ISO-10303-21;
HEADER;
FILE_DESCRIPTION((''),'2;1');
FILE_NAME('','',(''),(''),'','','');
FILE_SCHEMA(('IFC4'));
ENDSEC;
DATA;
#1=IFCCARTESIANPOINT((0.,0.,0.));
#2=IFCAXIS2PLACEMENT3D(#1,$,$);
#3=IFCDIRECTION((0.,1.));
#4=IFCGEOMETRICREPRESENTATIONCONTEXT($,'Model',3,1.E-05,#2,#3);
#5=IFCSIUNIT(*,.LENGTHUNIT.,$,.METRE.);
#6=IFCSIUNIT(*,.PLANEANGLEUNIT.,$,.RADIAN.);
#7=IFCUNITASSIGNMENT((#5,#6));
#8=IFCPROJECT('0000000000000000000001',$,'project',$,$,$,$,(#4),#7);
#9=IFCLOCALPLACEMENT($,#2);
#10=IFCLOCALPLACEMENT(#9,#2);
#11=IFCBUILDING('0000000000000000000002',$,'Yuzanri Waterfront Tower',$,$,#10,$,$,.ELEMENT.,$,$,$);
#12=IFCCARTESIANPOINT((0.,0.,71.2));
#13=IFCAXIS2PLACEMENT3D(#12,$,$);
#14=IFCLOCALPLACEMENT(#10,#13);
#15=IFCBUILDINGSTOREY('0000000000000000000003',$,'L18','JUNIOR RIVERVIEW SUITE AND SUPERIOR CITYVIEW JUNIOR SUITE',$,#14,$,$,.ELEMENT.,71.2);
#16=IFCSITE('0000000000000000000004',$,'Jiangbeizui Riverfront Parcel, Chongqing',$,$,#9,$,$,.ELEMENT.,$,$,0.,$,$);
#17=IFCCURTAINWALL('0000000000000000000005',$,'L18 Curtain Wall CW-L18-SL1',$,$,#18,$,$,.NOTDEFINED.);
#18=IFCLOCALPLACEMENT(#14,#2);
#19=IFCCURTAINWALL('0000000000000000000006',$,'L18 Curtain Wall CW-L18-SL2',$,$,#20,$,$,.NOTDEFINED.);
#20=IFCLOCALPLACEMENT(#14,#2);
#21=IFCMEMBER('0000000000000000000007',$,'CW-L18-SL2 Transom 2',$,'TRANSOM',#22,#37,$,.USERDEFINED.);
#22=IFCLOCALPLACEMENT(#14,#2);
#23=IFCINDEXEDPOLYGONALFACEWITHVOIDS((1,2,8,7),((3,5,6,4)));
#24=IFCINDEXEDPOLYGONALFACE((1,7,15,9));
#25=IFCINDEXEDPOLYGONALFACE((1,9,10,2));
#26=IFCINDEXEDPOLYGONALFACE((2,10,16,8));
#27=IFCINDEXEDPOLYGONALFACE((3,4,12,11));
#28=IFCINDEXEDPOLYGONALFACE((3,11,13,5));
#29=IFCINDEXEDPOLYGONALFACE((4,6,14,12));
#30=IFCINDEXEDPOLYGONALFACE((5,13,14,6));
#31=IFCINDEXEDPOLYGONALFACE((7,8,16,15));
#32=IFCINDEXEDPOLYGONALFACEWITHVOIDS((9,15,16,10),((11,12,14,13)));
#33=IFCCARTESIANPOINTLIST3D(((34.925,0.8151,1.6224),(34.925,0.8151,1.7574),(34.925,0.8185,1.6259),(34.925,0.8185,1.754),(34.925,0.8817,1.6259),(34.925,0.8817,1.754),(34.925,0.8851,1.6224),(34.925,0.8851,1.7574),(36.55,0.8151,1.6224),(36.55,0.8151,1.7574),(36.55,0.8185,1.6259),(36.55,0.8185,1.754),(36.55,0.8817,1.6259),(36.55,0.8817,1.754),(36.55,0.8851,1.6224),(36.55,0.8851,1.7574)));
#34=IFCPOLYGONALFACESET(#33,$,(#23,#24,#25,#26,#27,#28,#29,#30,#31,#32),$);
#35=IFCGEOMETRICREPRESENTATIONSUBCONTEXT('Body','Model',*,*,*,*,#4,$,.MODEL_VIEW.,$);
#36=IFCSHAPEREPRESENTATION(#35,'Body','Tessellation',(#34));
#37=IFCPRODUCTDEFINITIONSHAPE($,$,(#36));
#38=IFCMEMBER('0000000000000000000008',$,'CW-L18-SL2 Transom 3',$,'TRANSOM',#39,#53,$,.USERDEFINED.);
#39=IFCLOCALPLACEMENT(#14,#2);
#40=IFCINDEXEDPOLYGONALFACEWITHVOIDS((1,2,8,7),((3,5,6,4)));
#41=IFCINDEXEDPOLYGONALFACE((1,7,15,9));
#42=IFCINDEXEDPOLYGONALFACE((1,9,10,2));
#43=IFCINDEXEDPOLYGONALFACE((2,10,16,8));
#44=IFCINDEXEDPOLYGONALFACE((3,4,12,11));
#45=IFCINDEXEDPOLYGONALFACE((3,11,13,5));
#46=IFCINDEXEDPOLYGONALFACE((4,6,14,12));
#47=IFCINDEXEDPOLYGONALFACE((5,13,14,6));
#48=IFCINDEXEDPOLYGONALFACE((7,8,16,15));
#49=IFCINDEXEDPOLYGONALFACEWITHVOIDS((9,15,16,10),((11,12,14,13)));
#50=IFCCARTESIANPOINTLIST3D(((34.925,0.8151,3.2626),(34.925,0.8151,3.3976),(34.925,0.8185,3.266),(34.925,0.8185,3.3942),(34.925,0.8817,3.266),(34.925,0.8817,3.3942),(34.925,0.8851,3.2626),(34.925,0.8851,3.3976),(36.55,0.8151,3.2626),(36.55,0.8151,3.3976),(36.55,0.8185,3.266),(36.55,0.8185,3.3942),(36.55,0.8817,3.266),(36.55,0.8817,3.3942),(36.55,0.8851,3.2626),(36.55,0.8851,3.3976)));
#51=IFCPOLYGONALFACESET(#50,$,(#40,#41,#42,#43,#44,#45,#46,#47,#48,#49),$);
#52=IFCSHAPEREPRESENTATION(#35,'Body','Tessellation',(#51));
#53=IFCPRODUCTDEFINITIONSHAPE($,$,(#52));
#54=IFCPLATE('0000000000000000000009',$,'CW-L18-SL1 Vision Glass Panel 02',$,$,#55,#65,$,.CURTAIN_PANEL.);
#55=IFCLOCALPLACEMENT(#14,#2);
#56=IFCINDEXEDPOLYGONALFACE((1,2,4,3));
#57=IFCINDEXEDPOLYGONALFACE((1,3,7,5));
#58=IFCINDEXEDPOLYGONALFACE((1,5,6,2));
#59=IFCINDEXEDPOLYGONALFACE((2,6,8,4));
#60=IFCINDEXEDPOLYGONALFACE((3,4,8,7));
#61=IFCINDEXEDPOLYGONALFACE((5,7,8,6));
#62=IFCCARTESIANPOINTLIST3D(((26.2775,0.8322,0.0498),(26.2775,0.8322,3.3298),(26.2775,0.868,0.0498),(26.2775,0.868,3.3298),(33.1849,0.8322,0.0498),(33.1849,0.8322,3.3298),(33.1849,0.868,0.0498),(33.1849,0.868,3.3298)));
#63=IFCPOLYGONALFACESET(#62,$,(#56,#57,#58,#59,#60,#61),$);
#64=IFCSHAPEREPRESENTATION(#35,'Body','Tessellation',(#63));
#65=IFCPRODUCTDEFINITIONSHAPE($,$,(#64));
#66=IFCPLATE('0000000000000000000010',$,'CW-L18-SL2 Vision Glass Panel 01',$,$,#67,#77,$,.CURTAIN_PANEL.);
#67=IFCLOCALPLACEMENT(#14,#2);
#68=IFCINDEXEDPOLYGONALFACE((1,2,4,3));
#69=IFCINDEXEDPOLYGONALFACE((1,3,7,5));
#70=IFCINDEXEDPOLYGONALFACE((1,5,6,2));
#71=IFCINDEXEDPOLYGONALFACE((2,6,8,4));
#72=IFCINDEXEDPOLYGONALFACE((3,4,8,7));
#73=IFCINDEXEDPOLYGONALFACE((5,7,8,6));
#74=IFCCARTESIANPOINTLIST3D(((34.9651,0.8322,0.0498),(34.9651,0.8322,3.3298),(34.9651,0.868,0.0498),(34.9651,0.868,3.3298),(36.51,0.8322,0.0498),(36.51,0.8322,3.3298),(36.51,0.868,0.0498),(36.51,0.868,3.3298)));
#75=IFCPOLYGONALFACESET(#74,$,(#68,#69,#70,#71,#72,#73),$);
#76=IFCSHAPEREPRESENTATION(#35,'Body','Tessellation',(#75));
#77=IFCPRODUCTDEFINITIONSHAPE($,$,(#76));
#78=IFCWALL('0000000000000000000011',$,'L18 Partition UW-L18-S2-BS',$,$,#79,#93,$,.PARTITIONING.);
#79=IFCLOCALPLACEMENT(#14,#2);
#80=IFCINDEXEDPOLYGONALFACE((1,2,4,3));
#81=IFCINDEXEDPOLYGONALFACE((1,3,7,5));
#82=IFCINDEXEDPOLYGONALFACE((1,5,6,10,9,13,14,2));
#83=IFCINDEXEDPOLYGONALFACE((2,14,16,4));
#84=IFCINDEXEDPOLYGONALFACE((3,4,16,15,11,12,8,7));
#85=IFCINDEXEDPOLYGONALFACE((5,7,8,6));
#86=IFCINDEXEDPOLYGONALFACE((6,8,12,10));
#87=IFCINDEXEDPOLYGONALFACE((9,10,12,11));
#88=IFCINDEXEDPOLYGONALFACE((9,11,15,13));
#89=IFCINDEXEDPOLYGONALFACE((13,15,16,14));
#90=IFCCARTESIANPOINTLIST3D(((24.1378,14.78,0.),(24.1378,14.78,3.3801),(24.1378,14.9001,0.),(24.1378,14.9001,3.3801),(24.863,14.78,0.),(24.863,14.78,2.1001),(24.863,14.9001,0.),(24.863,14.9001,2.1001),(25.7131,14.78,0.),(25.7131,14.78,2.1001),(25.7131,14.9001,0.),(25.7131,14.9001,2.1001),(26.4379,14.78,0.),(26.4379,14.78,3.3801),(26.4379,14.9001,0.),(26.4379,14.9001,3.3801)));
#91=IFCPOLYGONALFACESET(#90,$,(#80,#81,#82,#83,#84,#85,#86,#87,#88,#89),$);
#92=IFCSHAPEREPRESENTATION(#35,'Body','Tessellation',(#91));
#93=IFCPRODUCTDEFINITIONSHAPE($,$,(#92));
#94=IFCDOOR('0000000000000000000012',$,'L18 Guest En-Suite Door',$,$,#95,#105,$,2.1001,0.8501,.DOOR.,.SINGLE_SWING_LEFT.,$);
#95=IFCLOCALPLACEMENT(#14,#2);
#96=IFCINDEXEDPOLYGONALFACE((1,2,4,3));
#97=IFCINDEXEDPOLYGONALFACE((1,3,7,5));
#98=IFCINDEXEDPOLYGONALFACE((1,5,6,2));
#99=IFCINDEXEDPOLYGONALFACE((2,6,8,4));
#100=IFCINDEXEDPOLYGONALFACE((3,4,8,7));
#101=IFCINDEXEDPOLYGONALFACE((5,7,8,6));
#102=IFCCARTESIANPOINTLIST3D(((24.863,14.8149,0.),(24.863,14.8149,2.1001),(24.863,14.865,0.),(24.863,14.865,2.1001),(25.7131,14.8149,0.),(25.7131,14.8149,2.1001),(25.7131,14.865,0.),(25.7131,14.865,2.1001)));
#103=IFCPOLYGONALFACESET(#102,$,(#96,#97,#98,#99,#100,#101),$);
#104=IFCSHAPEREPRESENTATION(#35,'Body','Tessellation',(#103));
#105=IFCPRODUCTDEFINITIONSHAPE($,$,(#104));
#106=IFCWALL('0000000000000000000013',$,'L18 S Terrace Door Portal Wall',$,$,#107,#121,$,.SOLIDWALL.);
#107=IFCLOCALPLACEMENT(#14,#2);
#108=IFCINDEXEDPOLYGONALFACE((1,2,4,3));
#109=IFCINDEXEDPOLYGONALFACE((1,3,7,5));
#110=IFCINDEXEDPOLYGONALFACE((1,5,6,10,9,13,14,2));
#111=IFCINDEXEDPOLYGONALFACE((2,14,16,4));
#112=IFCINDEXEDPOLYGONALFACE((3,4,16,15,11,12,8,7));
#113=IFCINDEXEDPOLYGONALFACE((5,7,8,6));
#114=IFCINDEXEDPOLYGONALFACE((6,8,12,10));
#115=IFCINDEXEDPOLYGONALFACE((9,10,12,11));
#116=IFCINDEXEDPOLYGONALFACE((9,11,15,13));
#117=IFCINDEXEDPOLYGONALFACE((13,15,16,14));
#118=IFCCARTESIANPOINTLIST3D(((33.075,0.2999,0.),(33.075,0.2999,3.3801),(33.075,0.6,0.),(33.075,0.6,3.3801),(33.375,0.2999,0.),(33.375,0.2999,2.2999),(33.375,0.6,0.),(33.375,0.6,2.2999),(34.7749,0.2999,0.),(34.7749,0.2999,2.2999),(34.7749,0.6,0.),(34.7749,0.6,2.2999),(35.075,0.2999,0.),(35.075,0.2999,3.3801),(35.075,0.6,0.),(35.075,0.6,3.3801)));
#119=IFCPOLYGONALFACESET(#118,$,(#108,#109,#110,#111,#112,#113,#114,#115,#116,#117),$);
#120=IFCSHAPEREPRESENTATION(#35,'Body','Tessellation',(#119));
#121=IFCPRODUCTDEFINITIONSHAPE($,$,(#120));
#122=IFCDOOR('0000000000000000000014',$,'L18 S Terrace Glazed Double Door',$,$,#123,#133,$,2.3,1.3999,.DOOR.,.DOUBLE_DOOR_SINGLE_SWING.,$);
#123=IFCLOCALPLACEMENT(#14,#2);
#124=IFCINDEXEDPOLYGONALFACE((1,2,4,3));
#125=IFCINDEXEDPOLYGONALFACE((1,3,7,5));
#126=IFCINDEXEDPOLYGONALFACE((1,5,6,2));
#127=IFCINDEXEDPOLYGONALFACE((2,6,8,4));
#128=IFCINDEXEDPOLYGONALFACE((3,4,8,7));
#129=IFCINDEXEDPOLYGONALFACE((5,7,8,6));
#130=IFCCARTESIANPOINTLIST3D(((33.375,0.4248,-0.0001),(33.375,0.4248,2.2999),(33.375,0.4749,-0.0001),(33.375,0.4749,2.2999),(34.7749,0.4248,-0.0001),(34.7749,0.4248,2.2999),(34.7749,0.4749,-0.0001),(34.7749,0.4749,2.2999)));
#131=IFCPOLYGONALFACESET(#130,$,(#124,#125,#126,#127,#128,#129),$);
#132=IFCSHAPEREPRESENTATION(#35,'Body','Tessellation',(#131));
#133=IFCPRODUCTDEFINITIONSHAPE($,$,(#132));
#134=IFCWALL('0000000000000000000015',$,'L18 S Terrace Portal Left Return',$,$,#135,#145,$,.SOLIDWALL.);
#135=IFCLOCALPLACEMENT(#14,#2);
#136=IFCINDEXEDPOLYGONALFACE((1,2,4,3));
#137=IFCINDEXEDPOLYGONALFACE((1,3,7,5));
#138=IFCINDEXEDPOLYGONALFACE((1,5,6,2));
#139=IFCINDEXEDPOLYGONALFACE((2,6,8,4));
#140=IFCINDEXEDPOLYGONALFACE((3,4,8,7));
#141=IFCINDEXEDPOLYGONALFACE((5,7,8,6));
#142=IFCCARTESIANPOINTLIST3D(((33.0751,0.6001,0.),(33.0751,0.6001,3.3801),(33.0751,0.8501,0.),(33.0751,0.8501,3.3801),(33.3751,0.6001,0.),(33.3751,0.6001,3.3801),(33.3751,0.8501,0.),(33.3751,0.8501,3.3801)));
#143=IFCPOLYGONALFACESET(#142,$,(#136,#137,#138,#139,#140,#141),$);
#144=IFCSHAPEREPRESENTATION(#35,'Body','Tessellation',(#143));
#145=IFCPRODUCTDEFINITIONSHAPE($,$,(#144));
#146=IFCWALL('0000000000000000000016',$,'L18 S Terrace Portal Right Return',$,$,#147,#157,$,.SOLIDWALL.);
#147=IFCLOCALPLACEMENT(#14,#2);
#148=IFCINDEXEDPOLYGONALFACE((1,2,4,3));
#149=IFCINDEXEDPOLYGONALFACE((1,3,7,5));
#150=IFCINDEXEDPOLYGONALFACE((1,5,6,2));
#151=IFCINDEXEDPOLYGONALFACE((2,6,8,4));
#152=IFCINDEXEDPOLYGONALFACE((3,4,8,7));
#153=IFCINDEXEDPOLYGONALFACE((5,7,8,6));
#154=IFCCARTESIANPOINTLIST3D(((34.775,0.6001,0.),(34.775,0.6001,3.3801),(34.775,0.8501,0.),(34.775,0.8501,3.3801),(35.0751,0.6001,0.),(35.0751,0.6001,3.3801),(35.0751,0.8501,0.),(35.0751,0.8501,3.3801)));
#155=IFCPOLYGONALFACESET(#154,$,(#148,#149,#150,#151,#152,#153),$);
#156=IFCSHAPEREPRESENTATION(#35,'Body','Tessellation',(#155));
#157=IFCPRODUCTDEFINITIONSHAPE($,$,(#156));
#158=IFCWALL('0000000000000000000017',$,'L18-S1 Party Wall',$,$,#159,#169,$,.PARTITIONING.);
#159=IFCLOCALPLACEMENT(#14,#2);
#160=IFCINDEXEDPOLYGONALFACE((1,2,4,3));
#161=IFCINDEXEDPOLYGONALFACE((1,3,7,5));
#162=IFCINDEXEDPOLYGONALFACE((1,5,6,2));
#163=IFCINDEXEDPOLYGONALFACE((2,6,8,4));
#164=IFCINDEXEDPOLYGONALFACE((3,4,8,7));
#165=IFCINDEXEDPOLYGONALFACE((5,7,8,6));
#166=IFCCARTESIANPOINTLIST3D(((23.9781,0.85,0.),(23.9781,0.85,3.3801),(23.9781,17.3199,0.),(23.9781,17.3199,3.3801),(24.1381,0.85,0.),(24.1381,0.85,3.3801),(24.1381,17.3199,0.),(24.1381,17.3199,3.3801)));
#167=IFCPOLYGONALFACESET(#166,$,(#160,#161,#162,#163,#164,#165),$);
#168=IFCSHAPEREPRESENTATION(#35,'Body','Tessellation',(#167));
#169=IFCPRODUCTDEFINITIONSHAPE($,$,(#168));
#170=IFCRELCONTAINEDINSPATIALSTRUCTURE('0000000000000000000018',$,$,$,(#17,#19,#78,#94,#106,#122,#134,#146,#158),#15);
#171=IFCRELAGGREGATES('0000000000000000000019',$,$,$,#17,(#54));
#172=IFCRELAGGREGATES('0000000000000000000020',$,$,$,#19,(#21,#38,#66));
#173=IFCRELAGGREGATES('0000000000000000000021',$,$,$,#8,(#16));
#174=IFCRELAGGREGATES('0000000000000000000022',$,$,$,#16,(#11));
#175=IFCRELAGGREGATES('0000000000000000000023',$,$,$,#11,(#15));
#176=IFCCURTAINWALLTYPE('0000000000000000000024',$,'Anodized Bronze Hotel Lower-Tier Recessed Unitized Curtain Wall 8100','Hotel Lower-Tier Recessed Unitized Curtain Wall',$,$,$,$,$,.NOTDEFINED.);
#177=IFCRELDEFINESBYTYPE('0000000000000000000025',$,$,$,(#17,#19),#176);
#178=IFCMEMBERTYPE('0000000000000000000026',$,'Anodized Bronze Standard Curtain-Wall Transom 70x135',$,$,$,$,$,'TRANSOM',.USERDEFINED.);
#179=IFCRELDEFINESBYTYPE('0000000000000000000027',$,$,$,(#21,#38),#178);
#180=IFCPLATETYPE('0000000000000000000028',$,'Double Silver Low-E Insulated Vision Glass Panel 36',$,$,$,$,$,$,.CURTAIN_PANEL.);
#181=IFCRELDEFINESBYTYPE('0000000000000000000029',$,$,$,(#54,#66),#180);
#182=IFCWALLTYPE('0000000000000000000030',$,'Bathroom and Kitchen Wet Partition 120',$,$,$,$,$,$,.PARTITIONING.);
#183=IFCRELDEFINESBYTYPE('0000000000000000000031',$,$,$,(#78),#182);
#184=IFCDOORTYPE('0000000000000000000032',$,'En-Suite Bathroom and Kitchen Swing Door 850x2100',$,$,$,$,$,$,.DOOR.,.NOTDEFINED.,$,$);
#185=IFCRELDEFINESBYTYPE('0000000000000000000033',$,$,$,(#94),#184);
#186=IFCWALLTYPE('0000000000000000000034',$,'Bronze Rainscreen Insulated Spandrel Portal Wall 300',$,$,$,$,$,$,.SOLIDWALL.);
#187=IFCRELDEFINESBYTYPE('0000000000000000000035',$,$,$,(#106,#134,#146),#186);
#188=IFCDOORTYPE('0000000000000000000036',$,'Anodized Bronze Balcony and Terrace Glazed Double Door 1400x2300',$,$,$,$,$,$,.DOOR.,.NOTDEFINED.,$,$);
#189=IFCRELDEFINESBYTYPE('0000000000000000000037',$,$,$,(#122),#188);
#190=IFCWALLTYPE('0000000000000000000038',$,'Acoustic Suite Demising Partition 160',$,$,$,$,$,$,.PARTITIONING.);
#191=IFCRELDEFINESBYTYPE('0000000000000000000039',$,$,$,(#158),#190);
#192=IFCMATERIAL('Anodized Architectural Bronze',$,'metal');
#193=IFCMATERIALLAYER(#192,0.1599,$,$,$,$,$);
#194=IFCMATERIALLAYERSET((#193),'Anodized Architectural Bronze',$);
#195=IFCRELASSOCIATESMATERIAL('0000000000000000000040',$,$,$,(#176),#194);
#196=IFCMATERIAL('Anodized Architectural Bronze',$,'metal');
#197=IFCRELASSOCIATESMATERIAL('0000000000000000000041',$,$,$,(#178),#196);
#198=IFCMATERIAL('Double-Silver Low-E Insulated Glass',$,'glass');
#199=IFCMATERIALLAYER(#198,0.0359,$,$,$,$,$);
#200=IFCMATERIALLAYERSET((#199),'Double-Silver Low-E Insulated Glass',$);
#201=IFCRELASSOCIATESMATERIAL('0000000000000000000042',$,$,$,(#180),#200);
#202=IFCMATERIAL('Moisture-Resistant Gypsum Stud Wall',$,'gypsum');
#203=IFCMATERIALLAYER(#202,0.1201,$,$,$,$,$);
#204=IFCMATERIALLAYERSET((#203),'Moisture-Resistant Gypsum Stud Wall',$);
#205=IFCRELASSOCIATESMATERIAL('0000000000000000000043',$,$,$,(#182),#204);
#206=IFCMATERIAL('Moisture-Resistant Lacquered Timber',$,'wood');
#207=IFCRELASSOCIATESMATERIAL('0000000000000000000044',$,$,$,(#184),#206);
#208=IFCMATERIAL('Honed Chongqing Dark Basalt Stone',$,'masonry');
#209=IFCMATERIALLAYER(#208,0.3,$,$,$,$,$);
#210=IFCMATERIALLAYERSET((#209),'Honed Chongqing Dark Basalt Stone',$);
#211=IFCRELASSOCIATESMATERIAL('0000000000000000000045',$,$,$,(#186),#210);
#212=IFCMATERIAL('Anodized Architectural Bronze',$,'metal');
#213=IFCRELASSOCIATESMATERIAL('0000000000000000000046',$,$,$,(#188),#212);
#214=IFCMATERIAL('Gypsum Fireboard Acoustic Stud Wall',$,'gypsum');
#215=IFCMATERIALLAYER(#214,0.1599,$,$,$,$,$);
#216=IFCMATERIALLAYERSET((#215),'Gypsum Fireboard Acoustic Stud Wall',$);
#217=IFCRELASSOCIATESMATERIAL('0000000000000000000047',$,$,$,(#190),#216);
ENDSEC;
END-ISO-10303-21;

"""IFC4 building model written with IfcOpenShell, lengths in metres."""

from ifc_helpers import new_model, si_unit, direction, frame, frame_2d, origin, origin_2d, place, context, subcontext, project, spatial, rectangle, hollow_rectangle, extrude, source, transform, mapped, material, layer, layer_set, material_profile, profile_set, type_object, element, fill, aggregate, save


model = new_model("IFC4")

# Units and contexts
model_context = context("Model", 3, precision=1e-05, world=origin(), true_north=direction((0.0, 1.0)))
body_context = subcontext(model_context, "Body", "Model", "MODEL_VIEW")
ifc_project = project(units=[si_unit("LENGTHUNIT", "METRE"), si_unit("PLANEANGLEUNIT", "RADIAN")], contexts=[model_context])

# Site, building, storey
site_placement = place(None, origin())
site = spatial("IfcSite", under=ifc_project, at=site_placement, Name="Jiangbeizui Riverfront Parcel, Chongqing", CompositionType="ELEMENT", RefElevation=0.0)
building_placement = place(site_placement, origin())
building = spatial("IfcBuilding", under=site, at=building_placement, Name="Yuzanri Waterfront Tower", CompositionType="ELEMENT")
storey_placement = place(building_placement, frame((0.0, 0.0, 71.2)))
storey = spatial("IfcBuildingStorey", under=building, at=storey_placement, Name="L18", Description="JUNIOR RIVERVIEW SUITE AND SUPERIOR CITYVIEW JUNIOR SUITE", CompositionType="ELEMENT", Elevation=71.2)

# Curtain walls, members
ifc_material_1 = material(Name="Anodized Architectural Bronze", Category="metal")
ifc_layer_1 = layer(ifc_material_1, 0.1599)
ifc_layer_set_1 = layer_set([ifc_layer_1], Name="Anodized Architectural Bronze")
curtain_wall_type = type_object("IfcCurtainWallType", Name="Anodized Bronze Hotel Lower-Tier Recessed Unitized Curtain Wall 8100", Description="Hotel Lower-Tier Recessed Unitized Curtain Wall", PredefinedType="NOTDEFINED", material=ifc_layer_set_1)
curtain_wall_1_placement = place(storey_placement, origin())
curtain_wall_1 = element("IfcCurtainWall", 1, at=curtain_wall_1_placement, inside=storey, type_object=curtain_wall_type, Name="L18 Curtain Wall CW-L18-SL1", PredefinedType="NOTDEFINED")
curtain_wall_2_placement = place(storey_placement, origin())
curtain_wall_2 = element("IfcCurtainWall", 2, at=curtain_wall_2_placement, inside=storey, type_object=curtain_wall_type, Name="L18 Curtain Wall CW-L18-SL2", PredefinedType="NOTDEFINED")
ifc_material_2 = material(Name="Anodized Architectural Bronze", Category="metal")
ifc_material_profile_1 = material_profile(ifc_material_2, hollow_rectangle(XDim=0.0701, YDim=0.135, WallThickness=0.0034, at=origin_2d()), Name="CWT 70x135")
ifc_profile_set_1 = profile_set([ifc_material_profile_1], Name="Anodized Architectural Bronze")
member_type_1 = type_object("IfcMemberType", Name="Anodized Bronze Standard Curtain-Wall Transom 70x135", ElementType="TRANSOM", PredefinedType="USERDEFINED", material=ifc_profile_set_1)
shared_shape_1 = source(origin(), body_context, "Body", "SweptSolid", [
    extrude(hollow_rectangle(XDim=0.0701, YDim=0.135, WallThickness=0.0034, at=origin_2d()), origin(), (0.0, 0.0, 1.0), 1.625),
])
member_1_placement = place(storey_placement, frame((34.925, 0.8501, 1.6899), z_axis=(1.0, 0.0, 0.0), x_axis=(0.0, 1.0, 0.0)))
member_1 = element("IfcMember", 3, at=member_1_placement, type_object=member_type_1, Name="CW-L18-SL2 Transom 2", ObjectType="TRANSOM", PredefinedType="USERDEFINED", context=body_context, shape_type="MappedRepresentation", body=[
    mapped(shared_shape_1, transform((0.0, 0.0, 0.0), scale=1.0)),
])
member_2_placement = place(storey_placement, frame((34.925, 0.8501, 3.3301), z_axis=(1.0, 0.0, 0.0), x_axis=(0.0, 1.0, 0.0)))
member_2 = element("IfcMember", 4, at=member_2_placement, type_object=member_type_1, Name="CW-L18-SL2 Transom 3", ObjectType="TRANSOM", PredefinedType="USERDEFINED", context=body_context, shape_type="MappedRepresentation", body=[
    mapped(shared_shape_1, transform((0.0, 0.0, 0.0), scale=1.0)),
])

# Plates
ifc_material_3 = material(Name="Double-Silver Low-E Insulated Glass", Category="glass")
ifc_layer_2 = layer(ifc_material_3, 0.0359)
ifc_layer_set_2 = layer_set([ifc_layer_2], Name="Double-Silver Low-E Insulated Glass")
plate_type = type_object("IfcPlateType", Name="Double Silver Low-E Insulated Vision Glass Panel 36", PredefinedType="CURTAIN_PANEL", material=ifc_layer_set_2)
shared_shape_2 = source(origin(), body_context, "Body", "SweptSolid", [
    extrude(rectangle(XDim=6.9075, YDim=0.0359, at=origin_2d()), origin(), (0.0, 0.0, 1.0), 3.28),
])
plate_1_placement = place(storey_placement, frame((29.7312, 0.8501, 0.0498), z_axis=(0.0, 0.0, 1.0), x_axis=(1.0, 0.0, 0.0)))
plate_1 = element("IfcPlate", 5, at=plate_1_placement, type_object=plate_type, Name="CW-L18-SL1 Vision Glass Panel 02", PredefinedType="CURTAIN_PANEL", context=body_context, shape_type="MappedRepresentation", body=[
    mapped(shared_shape_2, transform((0.0, 0.0, 0.0), scale=1.0)),
])
aggregate(curtain_wall_1, [plate_1])
shared_shape_3 = source(origin(), body_context, "Body", "SweptSolid", [
    extrude(rectangle(XDim=1.5449, YDim=0.0359, at=origin_2d()), origin(), (0.0, 0.0, 1.0), 3.28),
])
plate_2_placement = place(storey_placement, frame((35.7375, 0.8501, 0.0498), z_axis=(0.0, 0.0, 1.0), x_axis=(1.0, 0.0, 0.0)))
plate_2 = element("IfcPlate", 6, at=plate_2_placement, type_object=plate_type, Name="CW-L18-SL2 Vision Glass Panel 01", PredefinedType="CURTAIN_PANEL", context=body_context, shape_type="MappedRepresentation", body=[
    mapped(shared_shape_3, transform((0.0, 0.0, 0.0), scale=1.0)),
])
aggregate(curtain_wall_2, [member_1, member_2, plate_2])

# Walls, openings, doors
ifc_material_4 = material(Name="Moisture-Resistant Gypsum Stud Wall", Category="gypsum")
ifc_layer_3 = layer(ifc_material_4, 0.1201)
ifc_layer_set_3 = layer_set([ifc_layer_3], Name="Moisture-Resistant Gypsum Stud Wall")
wall_type_1 = type_object("IfcWallType", Name="Bathroom and Kitchen Wet Partition 120", PredefinedType="PARTITIONING", material=ifc_layer_set_3)
wall_1_placement = place(storey_placement, frame((24.1379, 14.8401, 0.0), z_axis=(0.0, 0.0, 1.0), x_axis=(1.0, 0.0, 0.0)))
wall_1 = element("IfcWall", 7, at=wall_1_placement, inside=storey, type_object=wall_type_1, Name="L18 Partition UW-L18-S2-BS", PredefinedType="PARTITIONING", context=body_context, shape_type="SweptSolid", body=[
    extrude(rectangle(XDim=2.3, YDim=0.1201, at=frame_2d((1.1499, 0.0))), origin(), (0.0, 0.0, 1.0), 3.3801),
])
opening_1_placement = place(wall_1_placement, frame((0.7251, 0.0, 0.0)))
opening_1 = element("IfcOpeningElement", 8, at=opening_1_placement, cuts=wall_1, PredefinedType="OPENING", context=body_context, shape_type="SweptSolid", body=[
    extrude(rectangle(XDim=0.8501, YDim=2.1001, at=frame_2d((0.425, 1.05))), frame((0.0, 0.075, 0.0), z_axis=(0.0, -1.0, 0.0), x_axis=(1.0, 0.0, 0.0)), (0.0, 0.0, 1.0), 0.1499),
])
ifc_material_5 = material(Name="Moisture-Resistant Lacquered Timber", Category="wood")
door_type_1 = type_object("IfcDoorType", Name="En-Suite Bathroom and Kitchen Swing Door 850x2100", OperationType="NOTDEFINED", PredefinedType="DOOR", material=ifc_material_5)
shared_shape_4 = source(origin(), body_context, "Body", "SweptSolid", [
    extrude(rectangle(XDim=0.8501, YDim=2.1001, at=frame_2d((0.425, 1.05))), frame((0.0, 0.0249, 0.0), z_axis=(0.0, -1.0, 0.0), x_axis=(1.0, 0.0, 0.0)), (0.0, 0.0, 1.0), 0.05),
])
door_1_placement = place(opening_1_placement, origin())
door_1 = element("IfcDoor", 9, at=door_1_placement, inside=storey, type_object=door_type_1, Name="L18 Guest En-Suite Door", OperationType="SINGLE_SWING_LEFT", OverallHeight=2.1001, OverallWidth=0.8501, PredefinedType="DOOR", context=body_context, shape_type="MappedRepresentation", body=[
    mapped(shared_shape_4, transform((0.0, 0.0, 0.0), scale=1.0)),
])
fill(opening_1, door_1)
ifc_material_6 = material(Name="Honed Chongqing Dark Basalt Stone", Category="masonry")
ifc_layer_4 = layer(ifc_material_6, 0.3)
ifc_layer_set_4 = layer_set([ifc_layer_4], Name="Honed Chongqing Dark Basalt Stone")
wall_type_2 = type_object("IfcWallType", Name="Bronze Rainscreen Insulated Spandrel Portal Wall 300", PredefinedType="SOLIDWALL", material=ifc_layer_set_4)
wall_2_placement = place(storey_placement, frame((33.075, 0.45, 0.0), z_axis=(0.0, 0.0, 1.0), x_axis=(1.0, 0.0, 0.0)))
wall_2 = element("IfcWall", 10, at=wall_2_placement, inside=storey, type_object=wall_type_2, Name="L18 S Terrace Door Portal Wall", PredefinedType="SOLIDWALL", context=body_context, shape_type="SweptSolid", body=[
    extrude(rectangle(XDim=2.0, YDim=0.3, at=frame_2d((1.0, 0.0))), origin(), (0.0, 0.0, 1.0), 3.3801),
])
opening_2_placement = place(wall_2_placement, frame((0.3, 0.0, 0.0)))
opening_2 = element("IfcOpeningElement", 11, at=opening_2_placement, cuts=wall_2, PredefinedType="OPENING", context=body_context, shape_type="SweptSolid", body=[
    extrude(rectangle(XDim=1.3999, YDim=2.3, at=frame_2d((0.7, 1.1499))), frame((0.0, 0.165, 0.0), z_axis=(0.0, -1.0, 0.0), x_axis=(1.0, 0.0, 0.0)), (0.0, 0.0, 1.0), 0.3298),
])
ifc_material_7 = material(Name="Anodized Architectural Bronze", Category="metal")
door_type_2 = type_object("IfcDoorType", Name="Anodized Bronze Balcony and Terrace Glazed Double Door 1400x2300", OperationType="NOTDEFINED", PredefinedType="DOOR", material=ifc_material_7)
shared_shape_5 = source(origin(), body_context, "Body", "SweptSolid", [
    extrude(rectangle(XDim=1.3999, YDim=2.3, at=frame_2d((0.7, 1.1499))), frame((0.0, 0.0249, 0.0), z_axis=(0.0, -1.0, 0.0), x_axis=(1.0, 0.0, 0.0)), (0.0, 0.0, 1.0), 0.05),
])
door_2_placement = place(opening_2_placement, origin())
door_2 = element("IfcDoor", 12, at=door_2_placement, inside=storey, type_object=door_type_2, Name="L18 S Terrace Glazed Double Door", OperationType="DOUBLE_DOOR_SINGLE_SWING", OverallHeight=2.3, OverallWidth=1.3999, PredefinedType="DOOR", context=body_context, shape_type="MappedRepresentation", body=[
    mapped(shared_shape_5, transform((0.0, 0.0, 0.0), scale=1.0)),
])
fill(opening_2, door_2)

# Walls
shared_shape_6 = source(origin(), body_context, "Body", "SweptSolid", [
    extrude(rectangle(XDim=0.25, YDim=0.3, at=frame_2d((0.125, 0.0))), origin(), (0.0, 0.0, 1.0), 3.3801),
])
for number, where, z_axis, x_axis, name in (
    (13, (33.2251, 0.8501, 0.0), (0.0, 0.0, 1.0), (0.0, -1.0, 0.0), "L18 S Terrace Portal Left Return"),
    (14, (34.925, 0.6001, 0.0), (0.0, 0.0, 1.0), (0.0, 1.0, 0.0), "L18 S Terrace Portal Right Return"),
):
    element("IfcWall", number, at=place(storey_placement, frame(where, z_axis=z_axis, x_axis=x_axis)), inside=storey, type_object=wall_type_2, Name=name, PredefinedType="SOLIDWALL", context=body_context, shape_type="MappedRepresentation", body=[
        mapped(shared_shape_6, transform((0.0, 0.0, 0.0), scale=1.0)),
    ])
ifc_material_8 = material(Name="Gypsum Fireboard Acoustic Stud Wall", Category="gypsum")
ifc_layer_5 = layer(ifc_material_8, 0.1599)
ifc_layer_set_5 = layer_set([ifc_layer_5], Name="Gypsum Fireboard Acoustic Stud Wall")
wall_type_3 = type_object("IfcWallType", Name="Acoustic Suite Demising Partition 160", PredefinedType="PARTITIONING", material=ifc_layer_set_5)
shared_shape_7 = source(origin(), body_context, "Body", "SweptSolid", [
    extrude(rectangle(XDim=16.47, YDim=0.1599, at=frame_2d((8.2349, 0.0))), origin(), (0.0, 0.0, 1.0), 3.3801),
])
for number, where, z_axis, x_axis, name in (
    (15, (24.0581, 0.8501, 0.0), (0.0, 0.0, 1.0), (0.0, 1.0, 0.0), "L18-S1 Party Wall"),
):
    element("IfcWall", number, at=place(storey_placement, frame(where, z_axis=z_axis, x_axis=x_axis)), inside=storey, type_object=wall_type_3, Name=name, PredefinedType="PARTITIONING", context=body_context, shape_type="MappedRepresentation", body=[
        mapped(shared_shape_7, transform((0.0, 0.0, 0.0), scale=1.0)),
    ])

save(model, "model.ifc")
